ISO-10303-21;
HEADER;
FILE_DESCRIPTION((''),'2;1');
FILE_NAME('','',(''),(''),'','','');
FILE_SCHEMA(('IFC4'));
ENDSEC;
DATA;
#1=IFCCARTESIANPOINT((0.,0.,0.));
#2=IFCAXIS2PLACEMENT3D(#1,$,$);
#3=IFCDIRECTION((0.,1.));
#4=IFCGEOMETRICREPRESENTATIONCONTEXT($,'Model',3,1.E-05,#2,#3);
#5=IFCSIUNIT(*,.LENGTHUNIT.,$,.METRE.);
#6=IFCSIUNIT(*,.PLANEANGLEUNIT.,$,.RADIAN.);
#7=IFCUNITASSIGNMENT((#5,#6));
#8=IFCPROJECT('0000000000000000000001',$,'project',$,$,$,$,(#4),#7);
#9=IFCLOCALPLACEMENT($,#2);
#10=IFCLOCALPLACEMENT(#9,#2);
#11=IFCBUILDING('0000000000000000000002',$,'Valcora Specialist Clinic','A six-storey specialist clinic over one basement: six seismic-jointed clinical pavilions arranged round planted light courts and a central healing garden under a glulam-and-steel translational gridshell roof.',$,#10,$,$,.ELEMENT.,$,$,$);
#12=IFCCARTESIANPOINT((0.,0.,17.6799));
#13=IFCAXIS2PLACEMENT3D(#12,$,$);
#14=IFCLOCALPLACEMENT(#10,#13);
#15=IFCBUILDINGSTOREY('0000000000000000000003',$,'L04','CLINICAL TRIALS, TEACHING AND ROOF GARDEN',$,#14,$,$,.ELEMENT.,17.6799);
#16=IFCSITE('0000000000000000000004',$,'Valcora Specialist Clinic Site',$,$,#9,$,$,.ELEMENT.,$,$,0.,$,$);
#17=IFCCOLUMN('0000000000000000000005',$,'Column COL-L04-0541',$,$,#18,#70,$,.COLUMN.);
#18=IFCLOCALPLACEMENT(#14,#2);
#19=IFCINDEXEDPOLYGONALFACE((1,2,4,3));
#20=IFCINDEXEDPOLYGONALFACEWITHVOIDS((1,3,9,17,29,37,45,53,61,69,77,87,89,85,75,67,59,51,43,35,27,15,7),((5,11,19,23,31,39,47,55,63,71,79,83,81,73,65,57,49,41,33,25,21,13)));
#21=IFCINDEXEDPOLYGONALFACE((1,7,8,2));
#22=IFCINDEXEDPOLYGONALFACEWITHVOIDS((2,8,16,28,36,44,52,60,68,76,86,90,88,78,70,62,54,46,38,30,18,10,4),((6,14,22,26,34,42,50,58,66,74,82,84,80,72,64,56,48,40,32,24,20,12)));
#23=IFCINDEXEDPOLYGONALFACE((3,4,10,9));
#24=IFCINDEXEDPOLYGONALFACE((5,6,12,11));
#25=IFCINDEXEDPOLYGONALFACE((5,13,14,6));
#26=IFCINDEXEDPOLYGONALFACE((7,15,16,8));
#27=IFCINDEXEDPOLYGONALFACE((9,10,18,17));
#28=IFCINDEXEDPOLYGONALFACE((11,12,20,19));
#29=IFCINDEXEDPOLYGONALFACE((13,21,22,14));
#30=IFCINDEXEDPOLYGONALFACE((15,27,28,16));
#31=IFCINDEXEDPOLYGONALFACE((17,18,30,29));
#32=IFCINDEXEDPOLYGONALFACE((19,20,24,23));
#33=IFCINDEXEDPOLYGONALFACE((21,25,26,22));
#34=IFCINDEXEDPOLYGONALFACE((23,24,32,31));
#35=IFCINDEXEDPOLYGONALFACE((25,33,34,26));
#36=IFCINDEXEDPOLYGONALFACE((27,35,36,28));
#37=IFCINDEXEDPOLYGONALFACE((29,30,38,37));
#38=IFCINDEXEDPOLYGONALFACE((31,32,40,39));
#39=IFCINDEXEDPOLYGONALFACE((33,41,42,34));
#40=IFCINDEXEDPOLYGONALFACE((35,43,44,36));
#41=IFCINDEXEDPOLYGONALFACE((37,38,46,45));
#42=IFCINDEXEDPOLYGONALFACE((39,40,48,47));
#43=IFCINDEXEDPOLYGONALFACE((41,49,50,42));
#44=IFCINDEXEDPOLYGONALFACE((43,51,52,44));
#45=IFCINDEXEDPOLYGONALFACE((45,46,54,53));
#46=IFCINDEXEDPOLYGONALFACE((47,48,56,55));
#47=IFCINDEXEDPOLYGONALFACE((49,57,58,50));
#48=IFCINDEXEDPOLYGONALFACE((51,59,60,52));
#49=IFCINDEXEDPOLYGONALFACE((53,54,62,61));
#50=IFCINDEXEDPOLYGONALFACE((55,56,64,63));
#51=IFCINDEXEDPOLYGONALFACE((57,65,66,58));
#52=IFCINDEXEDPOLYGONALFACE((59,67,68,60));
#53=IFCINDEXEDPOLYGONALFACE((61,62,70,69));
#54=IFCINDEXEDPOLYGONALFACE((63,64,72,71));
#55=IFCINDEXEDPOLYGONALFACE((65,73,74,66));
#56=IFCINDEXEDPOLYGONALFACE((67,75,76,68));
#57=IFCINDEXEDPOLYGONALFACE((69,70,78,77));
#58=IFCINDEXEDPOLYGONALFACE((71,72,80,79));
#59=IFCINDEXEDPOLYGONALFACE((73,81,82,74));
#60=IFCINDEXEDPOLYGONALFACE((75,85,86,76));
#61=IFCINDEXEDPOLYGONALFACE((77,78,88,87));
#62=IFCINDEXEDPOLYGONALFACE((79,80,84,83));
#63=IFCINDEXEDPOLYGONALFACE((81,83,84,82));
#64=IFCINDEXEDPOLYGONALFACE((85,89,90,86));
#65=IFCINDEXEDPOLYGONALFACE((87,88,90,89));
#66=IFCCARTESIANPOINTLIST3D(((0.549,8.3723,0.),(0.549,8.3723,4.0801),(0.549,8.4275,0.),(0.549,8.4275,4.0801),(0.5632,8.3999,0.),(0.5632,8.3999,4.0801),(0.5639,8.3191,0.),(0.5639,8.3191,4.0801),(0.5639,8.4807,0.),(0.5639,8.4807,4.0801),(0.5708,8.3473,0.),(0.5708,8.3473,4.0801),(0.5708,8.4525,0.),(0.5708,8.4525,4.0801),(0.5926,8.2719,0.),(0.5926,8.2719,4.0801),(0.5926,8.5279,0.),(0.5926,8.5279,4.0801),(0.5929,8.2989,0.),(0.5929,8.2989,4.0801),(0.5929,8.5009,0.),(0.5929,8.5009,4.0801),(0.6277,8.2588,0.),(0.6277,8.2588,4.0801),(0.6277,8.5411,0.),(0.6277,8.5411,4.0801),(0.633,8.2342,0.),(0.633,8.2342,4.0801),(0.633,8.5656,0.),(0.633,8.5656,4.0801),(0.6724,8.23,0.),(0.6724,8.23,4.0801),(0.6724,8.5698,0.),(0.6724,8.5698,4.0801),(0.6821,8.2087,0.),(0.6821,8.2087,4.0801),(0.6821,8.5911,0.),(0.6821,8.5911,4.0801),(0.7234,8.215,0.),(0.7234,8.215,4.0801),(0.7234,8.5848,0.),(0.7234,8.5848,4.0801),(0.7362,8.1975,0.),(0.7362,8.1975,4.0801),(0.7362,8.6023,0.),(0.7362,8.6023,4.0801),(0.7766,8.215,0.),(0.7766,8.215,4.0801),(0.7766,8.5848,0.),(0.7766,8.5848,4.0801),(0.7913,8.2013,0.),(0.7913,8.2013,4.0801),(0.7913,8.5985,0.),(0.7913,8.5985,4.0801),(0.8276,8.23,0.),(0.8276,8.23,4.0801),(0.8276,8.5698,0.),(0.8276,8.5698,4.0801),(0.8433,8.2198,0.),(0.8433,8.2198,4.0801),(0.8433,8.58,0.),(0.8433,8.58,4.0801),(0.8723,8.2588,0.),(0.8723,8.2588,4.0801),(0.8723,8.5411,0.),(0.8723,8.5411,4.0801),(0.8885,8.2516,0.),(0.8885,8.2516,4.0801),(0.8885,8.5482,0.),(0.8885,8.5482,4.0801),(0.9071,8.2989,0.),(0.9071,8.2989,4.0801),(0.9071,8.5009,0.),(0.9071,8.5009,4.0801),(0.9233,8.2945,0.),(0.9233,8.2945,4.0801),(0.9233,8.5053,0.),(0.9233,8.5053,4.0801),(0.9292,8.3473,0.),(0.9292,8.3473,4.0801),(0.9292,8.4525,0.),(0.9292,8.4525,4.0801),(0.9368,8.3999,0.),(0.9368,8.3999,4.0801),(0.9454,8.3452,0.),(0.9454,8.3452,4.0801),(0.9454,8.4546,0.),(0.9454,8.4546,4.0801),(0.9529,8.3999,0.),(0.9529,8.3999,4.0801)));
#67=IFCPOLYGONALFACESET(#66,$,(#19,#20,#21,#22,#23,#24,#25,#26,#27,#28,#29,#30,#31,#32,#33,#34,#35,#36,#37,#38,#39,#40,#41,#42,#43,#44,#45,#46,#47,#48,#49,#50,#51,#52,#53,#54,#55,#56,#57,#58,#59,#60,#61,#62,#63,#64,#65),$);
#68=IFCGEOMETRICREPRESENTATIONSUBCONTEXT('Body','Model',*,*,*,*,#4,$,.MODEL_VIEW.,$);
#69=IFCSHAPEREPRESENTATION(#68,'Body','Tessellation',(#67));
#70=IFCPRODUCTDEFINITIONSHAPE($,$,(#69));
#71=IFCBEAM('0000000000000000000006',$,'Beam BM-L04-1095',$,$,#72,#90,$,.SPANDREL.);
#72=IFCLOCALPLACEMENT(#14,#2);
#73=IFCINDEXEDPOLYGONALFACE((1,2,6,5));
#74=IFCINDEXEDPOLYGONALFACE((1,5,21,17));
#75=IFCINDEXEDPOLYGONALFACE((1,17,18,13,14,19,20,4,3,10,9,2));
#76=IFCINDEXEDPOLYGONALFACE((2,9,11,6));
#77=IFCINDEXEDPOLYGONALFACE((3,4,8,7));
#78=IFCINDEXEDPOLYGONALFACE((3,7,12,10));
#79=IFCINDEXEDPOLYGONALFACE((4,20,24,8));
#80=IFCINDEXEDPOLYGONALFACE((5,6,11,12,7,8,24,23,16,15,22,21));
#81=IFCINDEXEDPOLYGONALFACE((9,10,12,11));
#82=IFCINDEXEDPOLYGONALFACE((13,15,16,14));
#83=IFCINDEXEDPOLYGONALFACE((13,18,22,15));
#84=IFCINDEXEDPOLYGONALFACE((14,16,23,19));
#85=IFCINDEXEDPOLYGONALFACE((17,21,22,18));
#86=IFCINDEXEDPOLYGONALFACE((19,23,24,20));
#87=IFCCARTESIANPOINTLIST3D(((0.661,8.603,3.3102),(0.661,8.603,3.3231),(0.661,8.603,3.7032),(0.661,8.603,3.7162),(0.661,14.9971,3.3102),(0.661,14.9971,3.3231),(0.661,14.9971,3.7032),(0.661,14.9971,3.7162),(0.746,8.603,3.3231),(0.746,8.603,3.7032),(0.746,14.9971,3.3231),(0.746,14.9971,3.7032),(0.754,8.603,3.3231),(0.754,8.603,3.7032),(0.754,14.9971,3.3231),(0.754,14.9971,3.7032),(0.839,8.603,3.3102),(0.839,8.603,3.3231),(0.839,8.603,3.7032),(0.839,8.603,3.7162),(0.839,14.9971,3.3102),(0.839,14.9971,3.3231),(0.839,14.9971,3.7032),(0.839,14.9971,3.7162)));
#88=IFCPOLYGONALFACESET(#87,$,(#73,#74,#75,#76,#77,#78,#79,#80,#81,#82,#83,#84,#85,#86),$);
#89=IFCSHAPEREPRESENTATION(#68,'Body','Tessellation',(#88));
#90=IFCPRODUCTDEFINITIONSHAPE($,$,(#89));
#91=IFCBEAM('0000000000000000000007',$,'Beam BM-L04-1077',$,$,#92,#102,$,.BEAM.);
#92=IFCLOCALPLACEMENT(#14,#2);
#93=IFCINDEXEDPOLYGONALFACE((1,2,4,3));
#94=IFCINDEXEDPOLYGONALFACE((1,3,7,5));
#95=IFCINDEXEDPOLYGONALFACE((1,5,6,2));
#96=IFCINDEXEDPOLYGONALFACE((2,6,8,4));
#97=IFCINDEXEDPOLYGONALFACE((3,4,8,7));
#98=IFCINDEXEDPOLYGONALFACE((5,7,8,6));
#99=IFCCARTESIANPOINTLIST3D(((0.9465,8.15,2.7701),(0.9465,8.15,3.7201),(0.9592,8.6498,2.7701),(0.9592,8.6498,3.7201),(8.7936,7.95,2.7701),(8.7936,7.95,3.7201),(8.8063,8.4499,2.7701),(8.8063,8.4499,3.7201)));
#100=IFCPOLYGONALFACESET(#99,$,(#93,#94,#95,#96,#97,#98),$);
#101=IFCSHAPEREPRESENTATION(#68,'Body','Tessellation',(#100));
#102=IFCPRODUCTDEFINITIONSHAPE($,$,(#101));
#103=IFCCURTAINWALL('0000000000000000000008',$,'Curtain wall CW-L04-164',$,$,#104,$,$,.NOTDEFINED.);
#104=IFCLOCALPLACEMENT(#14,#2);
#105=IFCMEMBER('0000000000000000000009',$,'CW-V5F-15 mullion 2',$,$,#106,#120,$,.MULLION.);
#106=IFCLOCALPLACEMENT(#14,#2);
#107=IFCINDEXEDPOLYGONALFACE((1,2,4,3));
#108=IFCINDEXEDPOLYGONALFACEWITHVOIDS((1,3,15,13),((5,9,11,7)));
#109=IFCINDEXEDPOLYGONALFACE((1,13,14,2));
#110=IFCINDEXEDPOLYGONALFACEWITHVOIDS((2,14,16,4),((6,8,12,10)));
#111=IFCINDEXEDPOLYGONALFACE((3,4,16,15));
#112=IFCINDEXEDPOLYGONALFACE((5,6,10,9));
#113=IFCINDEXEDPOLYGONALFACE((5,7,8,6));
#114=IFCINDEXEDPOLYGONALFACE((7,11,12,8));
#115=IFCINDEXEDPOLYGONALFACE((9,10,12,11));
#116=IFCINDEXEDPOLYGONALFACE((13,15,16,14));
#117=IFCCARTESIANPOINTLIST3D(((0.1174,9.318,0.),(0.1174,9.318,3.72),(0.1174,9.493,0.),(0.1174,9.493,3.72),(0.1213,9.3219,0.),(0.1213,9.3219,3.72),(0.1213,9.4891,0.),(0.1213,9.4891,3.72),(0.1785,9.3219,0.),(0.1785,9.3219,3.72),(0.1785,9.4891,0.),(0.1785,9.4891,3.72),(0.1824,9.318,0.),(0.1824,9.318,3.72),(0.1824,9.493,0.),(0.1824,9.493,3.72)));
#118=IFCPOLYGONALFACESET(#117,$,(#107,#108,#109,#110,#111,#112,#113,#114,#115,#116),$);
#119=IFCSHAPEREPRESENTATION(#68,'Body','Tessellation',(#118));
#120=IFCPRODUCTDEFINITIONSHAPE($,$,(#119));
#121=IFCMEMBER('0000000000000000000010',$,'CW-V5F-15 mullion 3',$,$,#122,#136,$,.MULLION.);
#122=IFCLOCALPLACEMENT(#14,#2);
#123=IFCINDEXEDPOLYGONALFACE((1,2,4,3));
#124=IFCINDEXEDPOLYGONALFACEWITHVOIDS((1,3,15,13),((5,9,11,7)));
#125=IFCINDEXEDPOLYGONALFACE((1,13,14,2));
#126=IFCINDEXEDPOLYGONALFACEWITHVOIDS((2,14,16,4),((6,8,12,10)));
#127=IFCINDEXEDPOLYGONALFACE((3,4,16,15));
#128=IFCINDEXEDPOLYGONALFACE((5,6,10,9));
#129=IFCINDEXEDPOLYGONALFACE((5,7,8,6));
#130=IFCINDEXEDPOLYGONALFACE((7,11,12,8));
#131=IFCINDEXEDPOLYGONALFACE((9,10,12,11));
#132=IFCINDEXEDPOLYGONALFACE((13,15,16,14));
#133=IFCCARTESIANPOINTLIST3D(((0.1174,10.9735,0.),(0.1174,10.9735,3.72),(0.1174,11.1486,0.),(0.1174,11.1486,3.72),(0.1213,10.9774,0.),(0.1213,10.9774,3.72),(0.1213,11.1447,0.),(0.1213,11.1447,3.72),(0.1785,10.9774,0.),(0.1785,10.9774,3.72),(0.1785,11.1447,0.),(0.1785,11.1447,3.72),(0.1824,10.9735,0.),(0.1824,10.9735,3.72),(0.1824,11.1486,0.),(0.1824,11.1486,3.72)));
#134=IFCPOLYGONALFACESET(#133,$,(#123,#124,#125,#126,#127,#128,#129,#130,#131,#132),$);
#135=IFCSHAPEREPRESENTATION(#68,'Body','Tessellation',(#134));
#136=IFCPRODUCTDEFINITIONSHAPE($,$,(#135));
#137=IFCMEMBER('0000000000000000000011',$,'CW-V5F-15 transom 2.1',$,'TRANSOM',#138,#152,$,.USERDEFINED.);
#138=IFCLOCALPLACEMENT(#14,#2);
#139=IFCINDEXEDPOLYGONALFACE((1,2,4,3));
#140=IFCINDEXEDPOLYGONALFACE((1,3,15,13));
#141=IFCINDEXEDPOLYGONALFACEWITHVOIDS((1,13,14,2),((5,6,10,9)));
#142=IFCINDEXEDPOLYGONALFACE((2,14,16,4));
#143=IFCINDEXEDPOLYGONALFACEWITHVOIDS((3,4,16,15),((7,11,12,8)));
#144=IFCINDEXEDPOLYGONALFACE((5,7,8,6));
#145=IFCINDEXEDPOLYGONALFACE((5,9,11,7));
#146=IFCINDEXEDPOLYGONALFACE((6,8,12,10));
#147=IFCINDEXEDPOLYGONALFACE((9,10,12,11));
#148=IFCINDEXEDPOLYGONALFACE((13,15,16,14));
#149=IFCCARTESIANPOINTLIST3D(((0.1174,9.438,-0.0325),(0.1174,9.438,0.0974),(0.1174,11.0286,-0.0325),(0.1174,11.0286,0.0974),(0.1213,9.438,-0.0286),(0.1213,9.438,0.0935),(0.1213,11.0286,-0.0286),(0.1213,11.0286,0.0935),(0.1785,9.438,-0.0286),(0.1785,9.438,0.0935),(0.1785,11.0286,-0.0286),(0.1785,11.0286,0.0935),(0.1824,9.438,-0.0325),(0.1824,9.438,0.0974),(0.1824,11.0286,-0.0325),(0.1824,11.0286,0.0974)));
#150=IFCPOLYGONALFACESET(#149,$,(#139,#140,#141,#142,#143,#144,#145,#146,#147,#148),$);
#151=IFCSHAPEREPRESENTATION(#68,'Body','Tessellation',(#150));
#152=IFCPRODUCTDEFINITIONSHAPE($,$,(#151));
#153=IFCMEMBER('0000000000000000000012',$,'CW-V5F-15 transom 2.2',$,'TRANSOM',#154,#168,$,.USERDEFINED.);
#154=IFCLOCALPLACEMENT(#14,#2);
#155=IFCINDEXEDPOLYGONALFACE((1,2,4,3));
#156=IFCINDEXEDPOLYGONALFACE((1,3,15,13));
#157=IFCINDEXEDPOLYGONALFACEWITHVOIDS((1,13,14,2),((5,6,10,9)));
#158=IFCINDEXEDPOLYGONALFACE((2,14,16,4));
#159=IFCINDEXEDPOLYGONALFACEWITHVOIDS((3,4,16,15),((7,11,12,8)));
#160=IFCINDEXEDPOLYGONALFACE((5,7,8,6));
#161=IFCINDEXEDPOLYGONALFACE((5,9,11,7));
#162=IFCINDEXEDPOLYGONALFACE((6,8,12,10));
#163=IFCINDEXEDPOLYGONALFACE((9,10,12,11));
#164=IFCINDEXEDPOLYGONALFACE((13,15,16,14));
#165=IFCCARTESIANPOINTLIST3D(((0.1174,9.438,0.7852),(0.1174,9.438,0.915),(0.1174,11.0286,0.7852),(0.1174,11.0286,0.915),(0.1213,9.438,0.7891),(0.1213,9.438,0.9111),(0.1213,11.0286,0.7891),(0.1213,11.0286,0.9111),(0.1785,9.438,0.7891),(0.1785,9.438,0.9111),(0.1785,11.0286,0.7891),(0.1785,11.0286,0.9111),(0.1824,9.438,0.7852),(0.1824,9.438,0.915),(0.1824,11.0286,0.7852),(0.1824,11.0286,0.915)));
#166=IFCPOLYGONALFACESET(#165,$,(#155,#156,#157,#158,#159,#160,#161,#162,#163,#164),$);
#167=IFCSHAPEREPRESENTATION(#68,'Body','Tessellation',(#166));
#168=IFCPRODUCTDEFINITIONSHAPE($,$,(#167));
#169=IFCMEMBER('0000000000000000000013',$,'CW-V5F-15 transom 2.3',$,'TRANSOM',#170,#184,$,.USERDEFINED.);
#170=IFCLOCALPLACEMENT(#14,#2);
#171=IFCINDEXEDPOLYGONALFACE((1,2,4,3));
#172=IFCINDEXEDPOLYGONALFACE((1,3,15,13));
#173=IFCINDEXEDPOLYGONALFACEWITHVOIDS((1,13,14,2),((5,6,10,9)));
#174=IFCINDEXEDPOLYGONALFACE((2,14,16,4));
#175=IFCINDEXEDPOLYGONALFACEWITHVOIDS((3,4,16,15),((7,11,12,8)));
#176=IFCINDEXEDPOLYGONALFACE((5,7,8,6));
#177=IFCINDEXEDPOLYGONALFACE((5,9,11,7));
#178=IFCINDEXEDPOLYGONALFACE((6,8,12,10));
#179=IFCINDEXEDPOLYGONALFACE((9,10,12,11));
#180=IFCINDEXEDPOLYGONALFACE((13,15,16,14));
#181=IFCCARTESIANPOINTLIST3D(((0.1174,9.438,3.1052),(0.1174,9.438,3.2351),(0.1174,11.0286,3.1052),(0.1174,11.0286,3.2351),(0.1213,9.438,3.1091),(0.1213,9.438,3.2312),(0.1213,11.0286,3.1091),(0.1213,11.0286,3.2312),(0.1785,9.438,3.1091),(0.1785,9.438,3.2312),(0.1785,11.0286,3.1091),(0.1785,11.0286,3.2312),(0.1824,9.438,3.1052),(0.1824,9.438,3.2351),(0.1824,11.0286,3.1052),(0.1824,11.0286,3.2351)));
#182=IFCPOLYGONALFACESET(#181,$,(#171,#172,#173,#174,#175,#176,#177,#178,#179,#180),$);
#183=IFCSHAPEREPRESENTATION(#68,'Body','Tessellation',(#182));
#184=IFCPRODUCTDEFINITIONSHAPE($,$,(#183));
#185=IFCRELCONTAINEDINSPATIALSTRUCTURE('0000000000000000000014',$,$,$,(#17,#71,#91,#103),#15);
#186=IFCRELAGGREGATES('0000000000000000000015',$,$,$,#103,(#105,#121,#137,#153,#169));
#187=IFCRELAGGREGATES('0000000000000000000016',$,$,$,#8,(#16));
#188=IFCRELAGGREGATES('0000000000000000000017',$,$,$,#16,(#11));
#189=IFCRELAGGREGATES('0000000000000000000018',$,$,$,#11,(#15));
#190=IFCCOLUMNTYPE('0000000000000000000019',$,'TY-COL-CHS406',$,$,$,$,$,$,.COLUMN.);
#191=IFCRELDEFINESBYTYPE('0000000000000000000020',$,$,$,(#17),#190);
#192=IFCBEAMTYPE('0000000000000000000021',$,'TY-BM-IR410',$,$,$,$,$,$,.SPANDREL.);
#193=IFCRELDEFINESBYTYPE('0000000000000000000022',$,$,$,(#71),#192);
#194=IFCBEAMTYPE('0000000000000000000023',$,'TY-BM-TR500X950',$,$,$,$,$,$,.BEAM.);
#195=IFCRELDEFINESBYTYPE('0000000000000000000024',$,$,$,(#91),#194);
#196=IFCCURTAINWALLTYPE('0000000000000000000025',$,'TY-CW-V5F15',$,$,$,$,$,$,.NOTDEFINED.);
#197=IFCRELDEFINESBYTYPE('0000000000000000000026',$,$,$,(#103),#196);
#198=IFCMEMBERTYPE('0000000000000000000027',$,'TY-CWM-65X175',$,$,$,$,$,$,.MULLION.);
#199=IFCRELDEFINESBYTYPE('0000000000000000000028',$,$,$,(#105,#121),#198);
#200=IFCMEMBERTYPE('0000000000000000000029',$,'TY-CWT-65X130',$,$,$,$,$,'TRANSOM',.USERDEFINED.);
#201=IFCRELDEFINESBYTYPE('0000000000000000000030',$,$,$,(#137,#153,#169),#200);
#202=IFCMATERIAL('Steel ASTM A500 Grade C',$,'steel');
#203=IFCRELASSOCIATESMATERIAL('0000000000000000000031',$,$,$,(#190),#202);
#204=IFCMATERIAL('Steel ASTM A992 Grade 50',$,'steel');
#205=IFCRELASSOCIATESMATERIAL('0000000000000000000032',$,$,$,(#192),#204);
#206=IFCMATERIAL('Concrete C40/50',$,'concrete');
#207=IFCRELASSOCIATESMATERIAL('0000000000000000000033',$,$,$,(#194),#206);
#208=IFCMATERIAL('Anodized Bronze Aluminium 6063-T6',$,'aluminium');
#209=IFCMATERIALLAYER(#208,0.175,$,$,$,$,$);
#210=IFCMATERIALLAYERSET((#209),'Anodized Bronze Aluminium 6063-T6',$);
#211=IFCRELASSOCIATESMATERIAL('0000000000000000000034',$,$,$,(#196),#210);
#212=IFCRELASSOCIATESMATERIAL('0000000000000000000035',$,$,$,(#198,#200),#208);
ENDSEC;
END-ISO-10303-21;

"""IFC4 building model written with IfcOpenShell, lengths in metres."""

from ifc_helpers import new_model, si_unit, direction, frame, origin, origin_2d, place, context, subcontext, project, spatial, rectangle, hollow_rectangle, hollow_circle, i_section, extrude, material, layer, layer_set, material_profile, profile_set, type_object, element, aggregate, save


model = new_model("IFC4")

# Units and contexts
model_context = context("Model", 3, precision=1e-05, world=origin(), true_north=direction((0.0, 1.0)))
body_context = subcontext(model_context, "Body", "Model", "MODEL_VIEW")
ifc_project = project(units=[si_unit("LENGTHUNIT", "METRE"), si_unit("PLANEANGLEUNIT", "RADIAN")], contexts=[model_context])

# Site, building, storey
site_placement = place(None, origin())
site = spatial("IfcSite", under=ifc_project, at=site_placement, Name="Valcora Specialist Clinic Site", CompositionType="ELEMENT", RefElevation=0.0)
building_placement = place(site_placement, origin())
building = spatial("IfcBuilding", under=site, at=building_placement, Name="Valcora Specialist Clinic", Description="A six-storey specialist clinic over one basement: six seismic-jointed clinical pavilions arranged round planted light courts and a central healing garden under a glulam-and-steel translational gridshell roof.", CompositionType="ELEMENT")
storey_placement = place(building_placement, frame((0.0, 0.0, 17.6799)))
storey = spatial("IfcBuildingStorey", under=building, at=storey_placement, Name="L04", Description="CLINICAL TRIALS, TEACHING AND ROOF GARDEN", CompositionType="ELEMENT", Elevation=17.6799)

# Column
ifc_material_1 = material(Name="Steel ASTM A500 Grade C", Category="steel")
ifc_material_profile_1 = material_profile(ifc_material_1, hollow_circle(Radius=0.2029, WallThickness=0.0161, at=origin_2d()), Name="ST-CHS-406X16")
ifc_profile_set_1 = profile_set([ifc_material_profile_1], Name="Steel ASTM A500 Grade C")
column_type = type_object("IfcColumnType", Name="TY-COL-CHS406", PredefinedType="COLUMN", material=ifc_profile_set_1)
column_placement = place(storey_placement, frame((0.75, 8.3999, 0.0), z_axis=(0.0, 0.0, 1.0), x_axis=(1.0, 0.0, 0.0)))
element("IfcColumn", 1, at=column_placement, inside=storey, type_object=column_type, Name="Column COL-L04-0541", PredefinedType="COLUMN", context=body_context, shape_type="SweptSolid", body=[
    extrude(hollow_circle(Radius=0.2029, WallThickness=0.0161, at=origin_2d()), origin(), (0.0, 0.0, 1.0), 4.0801),
])

# Beams
ifc_material_2 = material(Name="Steel ASTM A992 Grade 50", Category="steel")
ifc_material_profile_2 = material_profile(ifc_material_2, i_section(OverallWidth=0.178, OverallDepth=0.406, WebThickness=0.0081, FlangeThickness=0.0129, at=origin_2d()), Name="ST-IR-410X180")
ifc_profile_set_2 = profile_set([ifc_material_profile_2], Name="Steel ASTM A992 Grade 50")
beam_type_1 = type_object("IfcBeamType", Name="TY-BM-IR410", PredefinedType="SPANDREL", material=ifc_profile_set_2)
beam_1_placement = place(storey_placement, frame((0.75, 8.603, 3.5132), z_axis=(0.0, 1.0, 0.0), x_axis=(-1.0, 0.0, 0.0)))
element("IfcBeam", 2, at=beam_1_placement, inside=storey, type_object=beam_type_1, Name="Beam BM-L04-1095", PredefinedType="SPANDREL", context=body_context, shape_type="SweptSolid", body=[
    extrude(i_section(OverallWidth=0.178, OverallDepth=0.406, WebThickness=0.0081, FlangeThickness=0.0129, at=origin_2d()), origin(), (0.0, 0.0, 1.0), 6.394),
])
ifc_material_3 = material(Name="Concrete C40/50", Category="concrete")
ifc_material_profile_3 = material_profile(ifc_material_3, rectangle(XDim=0.5, YDim=0.95, at=origin_2d()), Name="RC-BM-500X950")
ifc_profile_set_3 = profile_set([ifc_material_profile_3], Name="Concrete C40/50")
beam_type_2 = type_object("IfcBeamType", Name="TY-BM-TR500X950", PredefinedType="BEAM", material=ifc_profile_set_3)
beam_2_placement = place(storey_placement, frame((0.9529, 8.3999, 3.2451), z_axis=(0.999676, -0.025472, 0.0), x_axis=(0.025472, 0.999676, 0.0)))
element("IfcBeam", 3, at=beam_2_placement, inside=storey, type_object=beam_type_2, Name="Beam BM-L04-1077", PredefinedType="BEAM", context=body_context, shape_type="SweptSolid", body=[
    extrude(rectangle(XDim=0.5, YDim=0.95, at=origin_2d()), origin(), (0.0, 0.0, 1.0), 7.8496),
])

# Curtain wall, members
ifc_material_4 = material(Name="Anodized Bronze Aluminium 6063-T6", Category="aluminium")
ifc_layer_1 = layer(ifc_material_4, 0.175)
ifc_layer_set_1 = layer_set([ifc_layer_1], Name="Anodized Bronze Aluminium 6063-T6")
curtain_wall_type = type_object("IfcCurtainWallType", Name="TY-CW-V5F15", PredefinedType="NOTDEFINED", material=ifc_layer_set_1)
curtain_wall_placement = place(storey_placement, origin())
curtain_wall = element("IfcCurtainWall", 4, at=curtain_wall_placement, inside=storey, type_object=curtain_wall_type, Name="Curtain wall CW-L04-164", PredefinedType="NOTDEFINED")
ifc_material_profile_4 = material_profile(ifc_material_4, hollow_rectangle(XDim=0.0649, YDim=0.175, WallThickness=0.0039, at=origin_2d()), Name="AL-MUL-65X175")
ifc_profile_set_4 = profile_set([ifc_material_profile_4], Name="Anodized Bronze Aluminium 6063-T6")
member_type_1 = type_object("IfcMemberType", Name="TY-CWM-65X175", PredefinedType="MULLION", material=ifc_profile_set_4)
member_1_placement = place(storey_placement, frame((0.1499, 9.4055, 0.0), z_axis=(0.0, 0.0, 1.0), x_axis=(-1.0, 0.0, 0.0)))
member_1 = element("IfcMember", 5, at=member_1_placement, type_object=member_type_1, Name="CW-V5F-15 mullion 2", PredefinedType="MULLION", context=body_context, shape_type="SweptSolid", body=[
    extrude(hollow_rectangle(XDim=0.0649, YDim=0.175, WallThickness=0.0039, at=origin_2d()), origin(), (0.0, 0.0, 1.0), 3.72),
])
member_2_placement = place(storey_placement, frame((0.1499, 11.061, 0.0), z_axis=(0.0, 0.0, 1.0), x_axis=(-1.0, 0.0, 0.0)))
member_2 = element("IfcMember", 6, at=member_2_placement, type_object=member_type_1, Name="CW-V5F-15 mullion 3", PredefinedType="MULLION", context=body_context, shape_type="SweptSolid", body=[
    extrude(hollow_rectangle(XDim=0.0649, YDim=0.175, WallThickness=0.0039, at=origin_2d()), origin(), (0.0, 0.0, 1.0), 3.72),
])
ifc_material_profile_5 = material_profile(ifc_material_4, hollow_rectangle(XDim=0.0649, YDim=0.1299, WallThickness=0.0039, at=origin_2d()), Name="AL-TRN-65X130")
ifc_profile_set_5 = profile_set([ifc_material_profile_5], Name="Anodized Bronze Aluminium 6063-T6")
member_type_2 = type_object("IfcMemberType", Name="TY-CWT-65X130", ElementType="TRANSOM", PredefinedType="USERDEFINED", material=ifc_profile_set_5)
member_3_placement = place(storey_placement, frame((0.1499, 9.438, 0.0325), z_axis=(0.0, 1.0, 0.0), x_axis=(-1.0, 0.0, 0.0)))
member_3 = element("IfcMember", 7, at=member_3_placement, type_object=member_type_2, Name="CW-V5F-15 transom 2.1", ObjectType="TRANSOM", PredefinedType="USERDEFINED", context=body_context, shape_type="SweptSolid", body=[
    extrude(hollow_rectangle(XDim=0.0649, YDim=0.1299, WallThickness=0.0039, at=origin_2d()), origin(), (0.0, 0.0, 1.0), 1.5906),
])
member_4_placement = place(storey_placement, frame((0.1499, 9.438, 0.8501), z_axis=(0.0, 1.0, 0.0), x_axis=(-1.0, 0.0, 0.0)))
member_4 = element("IfcMember", 8, at=member_4_placement, type_object=member_type_2, Name="CW-V5F-15 transom 2.2", ObjectType="TRANSOM", PredefinedType="USERDEFINED", context=body_context, shape_type="SweptSolid", body=[
    extrude(hollow_rectangle(XDim=0.0649, YDim=0.1299, WallThickness=0.0039, at=origin_2d()), origin(), (0.0, 0.0, 1.0), 1.5906),
])
member_5_placement = place(storey_placement, frame((0.1499, 9.438, 3.1702), z_axis=(0.0, 1.0, 0.0), x_axis=(-1.0, 0.0, 0.0)))
member_5 = element("IfcMember", 9, at=member_5_placement, type_object=member_type_2, Name="CW-V5F-15 transom 2.3", ObjectType="TRANSOM", PredefinedType="USERDEFINED", context=body_context, shape_type="SweptSolid", body=[
    extrude(hollow_rectangle(XDim=0.0649, YDim=0.1299, WallThickness=0.0039, at=origin_2d()), origin(), (0.0, 0.0, 1.0), 1.5906),
])

aggregate(curtain_wall, [member_1, member_2, member_3, member_4, member_5])

save(model, "model.ifc")
